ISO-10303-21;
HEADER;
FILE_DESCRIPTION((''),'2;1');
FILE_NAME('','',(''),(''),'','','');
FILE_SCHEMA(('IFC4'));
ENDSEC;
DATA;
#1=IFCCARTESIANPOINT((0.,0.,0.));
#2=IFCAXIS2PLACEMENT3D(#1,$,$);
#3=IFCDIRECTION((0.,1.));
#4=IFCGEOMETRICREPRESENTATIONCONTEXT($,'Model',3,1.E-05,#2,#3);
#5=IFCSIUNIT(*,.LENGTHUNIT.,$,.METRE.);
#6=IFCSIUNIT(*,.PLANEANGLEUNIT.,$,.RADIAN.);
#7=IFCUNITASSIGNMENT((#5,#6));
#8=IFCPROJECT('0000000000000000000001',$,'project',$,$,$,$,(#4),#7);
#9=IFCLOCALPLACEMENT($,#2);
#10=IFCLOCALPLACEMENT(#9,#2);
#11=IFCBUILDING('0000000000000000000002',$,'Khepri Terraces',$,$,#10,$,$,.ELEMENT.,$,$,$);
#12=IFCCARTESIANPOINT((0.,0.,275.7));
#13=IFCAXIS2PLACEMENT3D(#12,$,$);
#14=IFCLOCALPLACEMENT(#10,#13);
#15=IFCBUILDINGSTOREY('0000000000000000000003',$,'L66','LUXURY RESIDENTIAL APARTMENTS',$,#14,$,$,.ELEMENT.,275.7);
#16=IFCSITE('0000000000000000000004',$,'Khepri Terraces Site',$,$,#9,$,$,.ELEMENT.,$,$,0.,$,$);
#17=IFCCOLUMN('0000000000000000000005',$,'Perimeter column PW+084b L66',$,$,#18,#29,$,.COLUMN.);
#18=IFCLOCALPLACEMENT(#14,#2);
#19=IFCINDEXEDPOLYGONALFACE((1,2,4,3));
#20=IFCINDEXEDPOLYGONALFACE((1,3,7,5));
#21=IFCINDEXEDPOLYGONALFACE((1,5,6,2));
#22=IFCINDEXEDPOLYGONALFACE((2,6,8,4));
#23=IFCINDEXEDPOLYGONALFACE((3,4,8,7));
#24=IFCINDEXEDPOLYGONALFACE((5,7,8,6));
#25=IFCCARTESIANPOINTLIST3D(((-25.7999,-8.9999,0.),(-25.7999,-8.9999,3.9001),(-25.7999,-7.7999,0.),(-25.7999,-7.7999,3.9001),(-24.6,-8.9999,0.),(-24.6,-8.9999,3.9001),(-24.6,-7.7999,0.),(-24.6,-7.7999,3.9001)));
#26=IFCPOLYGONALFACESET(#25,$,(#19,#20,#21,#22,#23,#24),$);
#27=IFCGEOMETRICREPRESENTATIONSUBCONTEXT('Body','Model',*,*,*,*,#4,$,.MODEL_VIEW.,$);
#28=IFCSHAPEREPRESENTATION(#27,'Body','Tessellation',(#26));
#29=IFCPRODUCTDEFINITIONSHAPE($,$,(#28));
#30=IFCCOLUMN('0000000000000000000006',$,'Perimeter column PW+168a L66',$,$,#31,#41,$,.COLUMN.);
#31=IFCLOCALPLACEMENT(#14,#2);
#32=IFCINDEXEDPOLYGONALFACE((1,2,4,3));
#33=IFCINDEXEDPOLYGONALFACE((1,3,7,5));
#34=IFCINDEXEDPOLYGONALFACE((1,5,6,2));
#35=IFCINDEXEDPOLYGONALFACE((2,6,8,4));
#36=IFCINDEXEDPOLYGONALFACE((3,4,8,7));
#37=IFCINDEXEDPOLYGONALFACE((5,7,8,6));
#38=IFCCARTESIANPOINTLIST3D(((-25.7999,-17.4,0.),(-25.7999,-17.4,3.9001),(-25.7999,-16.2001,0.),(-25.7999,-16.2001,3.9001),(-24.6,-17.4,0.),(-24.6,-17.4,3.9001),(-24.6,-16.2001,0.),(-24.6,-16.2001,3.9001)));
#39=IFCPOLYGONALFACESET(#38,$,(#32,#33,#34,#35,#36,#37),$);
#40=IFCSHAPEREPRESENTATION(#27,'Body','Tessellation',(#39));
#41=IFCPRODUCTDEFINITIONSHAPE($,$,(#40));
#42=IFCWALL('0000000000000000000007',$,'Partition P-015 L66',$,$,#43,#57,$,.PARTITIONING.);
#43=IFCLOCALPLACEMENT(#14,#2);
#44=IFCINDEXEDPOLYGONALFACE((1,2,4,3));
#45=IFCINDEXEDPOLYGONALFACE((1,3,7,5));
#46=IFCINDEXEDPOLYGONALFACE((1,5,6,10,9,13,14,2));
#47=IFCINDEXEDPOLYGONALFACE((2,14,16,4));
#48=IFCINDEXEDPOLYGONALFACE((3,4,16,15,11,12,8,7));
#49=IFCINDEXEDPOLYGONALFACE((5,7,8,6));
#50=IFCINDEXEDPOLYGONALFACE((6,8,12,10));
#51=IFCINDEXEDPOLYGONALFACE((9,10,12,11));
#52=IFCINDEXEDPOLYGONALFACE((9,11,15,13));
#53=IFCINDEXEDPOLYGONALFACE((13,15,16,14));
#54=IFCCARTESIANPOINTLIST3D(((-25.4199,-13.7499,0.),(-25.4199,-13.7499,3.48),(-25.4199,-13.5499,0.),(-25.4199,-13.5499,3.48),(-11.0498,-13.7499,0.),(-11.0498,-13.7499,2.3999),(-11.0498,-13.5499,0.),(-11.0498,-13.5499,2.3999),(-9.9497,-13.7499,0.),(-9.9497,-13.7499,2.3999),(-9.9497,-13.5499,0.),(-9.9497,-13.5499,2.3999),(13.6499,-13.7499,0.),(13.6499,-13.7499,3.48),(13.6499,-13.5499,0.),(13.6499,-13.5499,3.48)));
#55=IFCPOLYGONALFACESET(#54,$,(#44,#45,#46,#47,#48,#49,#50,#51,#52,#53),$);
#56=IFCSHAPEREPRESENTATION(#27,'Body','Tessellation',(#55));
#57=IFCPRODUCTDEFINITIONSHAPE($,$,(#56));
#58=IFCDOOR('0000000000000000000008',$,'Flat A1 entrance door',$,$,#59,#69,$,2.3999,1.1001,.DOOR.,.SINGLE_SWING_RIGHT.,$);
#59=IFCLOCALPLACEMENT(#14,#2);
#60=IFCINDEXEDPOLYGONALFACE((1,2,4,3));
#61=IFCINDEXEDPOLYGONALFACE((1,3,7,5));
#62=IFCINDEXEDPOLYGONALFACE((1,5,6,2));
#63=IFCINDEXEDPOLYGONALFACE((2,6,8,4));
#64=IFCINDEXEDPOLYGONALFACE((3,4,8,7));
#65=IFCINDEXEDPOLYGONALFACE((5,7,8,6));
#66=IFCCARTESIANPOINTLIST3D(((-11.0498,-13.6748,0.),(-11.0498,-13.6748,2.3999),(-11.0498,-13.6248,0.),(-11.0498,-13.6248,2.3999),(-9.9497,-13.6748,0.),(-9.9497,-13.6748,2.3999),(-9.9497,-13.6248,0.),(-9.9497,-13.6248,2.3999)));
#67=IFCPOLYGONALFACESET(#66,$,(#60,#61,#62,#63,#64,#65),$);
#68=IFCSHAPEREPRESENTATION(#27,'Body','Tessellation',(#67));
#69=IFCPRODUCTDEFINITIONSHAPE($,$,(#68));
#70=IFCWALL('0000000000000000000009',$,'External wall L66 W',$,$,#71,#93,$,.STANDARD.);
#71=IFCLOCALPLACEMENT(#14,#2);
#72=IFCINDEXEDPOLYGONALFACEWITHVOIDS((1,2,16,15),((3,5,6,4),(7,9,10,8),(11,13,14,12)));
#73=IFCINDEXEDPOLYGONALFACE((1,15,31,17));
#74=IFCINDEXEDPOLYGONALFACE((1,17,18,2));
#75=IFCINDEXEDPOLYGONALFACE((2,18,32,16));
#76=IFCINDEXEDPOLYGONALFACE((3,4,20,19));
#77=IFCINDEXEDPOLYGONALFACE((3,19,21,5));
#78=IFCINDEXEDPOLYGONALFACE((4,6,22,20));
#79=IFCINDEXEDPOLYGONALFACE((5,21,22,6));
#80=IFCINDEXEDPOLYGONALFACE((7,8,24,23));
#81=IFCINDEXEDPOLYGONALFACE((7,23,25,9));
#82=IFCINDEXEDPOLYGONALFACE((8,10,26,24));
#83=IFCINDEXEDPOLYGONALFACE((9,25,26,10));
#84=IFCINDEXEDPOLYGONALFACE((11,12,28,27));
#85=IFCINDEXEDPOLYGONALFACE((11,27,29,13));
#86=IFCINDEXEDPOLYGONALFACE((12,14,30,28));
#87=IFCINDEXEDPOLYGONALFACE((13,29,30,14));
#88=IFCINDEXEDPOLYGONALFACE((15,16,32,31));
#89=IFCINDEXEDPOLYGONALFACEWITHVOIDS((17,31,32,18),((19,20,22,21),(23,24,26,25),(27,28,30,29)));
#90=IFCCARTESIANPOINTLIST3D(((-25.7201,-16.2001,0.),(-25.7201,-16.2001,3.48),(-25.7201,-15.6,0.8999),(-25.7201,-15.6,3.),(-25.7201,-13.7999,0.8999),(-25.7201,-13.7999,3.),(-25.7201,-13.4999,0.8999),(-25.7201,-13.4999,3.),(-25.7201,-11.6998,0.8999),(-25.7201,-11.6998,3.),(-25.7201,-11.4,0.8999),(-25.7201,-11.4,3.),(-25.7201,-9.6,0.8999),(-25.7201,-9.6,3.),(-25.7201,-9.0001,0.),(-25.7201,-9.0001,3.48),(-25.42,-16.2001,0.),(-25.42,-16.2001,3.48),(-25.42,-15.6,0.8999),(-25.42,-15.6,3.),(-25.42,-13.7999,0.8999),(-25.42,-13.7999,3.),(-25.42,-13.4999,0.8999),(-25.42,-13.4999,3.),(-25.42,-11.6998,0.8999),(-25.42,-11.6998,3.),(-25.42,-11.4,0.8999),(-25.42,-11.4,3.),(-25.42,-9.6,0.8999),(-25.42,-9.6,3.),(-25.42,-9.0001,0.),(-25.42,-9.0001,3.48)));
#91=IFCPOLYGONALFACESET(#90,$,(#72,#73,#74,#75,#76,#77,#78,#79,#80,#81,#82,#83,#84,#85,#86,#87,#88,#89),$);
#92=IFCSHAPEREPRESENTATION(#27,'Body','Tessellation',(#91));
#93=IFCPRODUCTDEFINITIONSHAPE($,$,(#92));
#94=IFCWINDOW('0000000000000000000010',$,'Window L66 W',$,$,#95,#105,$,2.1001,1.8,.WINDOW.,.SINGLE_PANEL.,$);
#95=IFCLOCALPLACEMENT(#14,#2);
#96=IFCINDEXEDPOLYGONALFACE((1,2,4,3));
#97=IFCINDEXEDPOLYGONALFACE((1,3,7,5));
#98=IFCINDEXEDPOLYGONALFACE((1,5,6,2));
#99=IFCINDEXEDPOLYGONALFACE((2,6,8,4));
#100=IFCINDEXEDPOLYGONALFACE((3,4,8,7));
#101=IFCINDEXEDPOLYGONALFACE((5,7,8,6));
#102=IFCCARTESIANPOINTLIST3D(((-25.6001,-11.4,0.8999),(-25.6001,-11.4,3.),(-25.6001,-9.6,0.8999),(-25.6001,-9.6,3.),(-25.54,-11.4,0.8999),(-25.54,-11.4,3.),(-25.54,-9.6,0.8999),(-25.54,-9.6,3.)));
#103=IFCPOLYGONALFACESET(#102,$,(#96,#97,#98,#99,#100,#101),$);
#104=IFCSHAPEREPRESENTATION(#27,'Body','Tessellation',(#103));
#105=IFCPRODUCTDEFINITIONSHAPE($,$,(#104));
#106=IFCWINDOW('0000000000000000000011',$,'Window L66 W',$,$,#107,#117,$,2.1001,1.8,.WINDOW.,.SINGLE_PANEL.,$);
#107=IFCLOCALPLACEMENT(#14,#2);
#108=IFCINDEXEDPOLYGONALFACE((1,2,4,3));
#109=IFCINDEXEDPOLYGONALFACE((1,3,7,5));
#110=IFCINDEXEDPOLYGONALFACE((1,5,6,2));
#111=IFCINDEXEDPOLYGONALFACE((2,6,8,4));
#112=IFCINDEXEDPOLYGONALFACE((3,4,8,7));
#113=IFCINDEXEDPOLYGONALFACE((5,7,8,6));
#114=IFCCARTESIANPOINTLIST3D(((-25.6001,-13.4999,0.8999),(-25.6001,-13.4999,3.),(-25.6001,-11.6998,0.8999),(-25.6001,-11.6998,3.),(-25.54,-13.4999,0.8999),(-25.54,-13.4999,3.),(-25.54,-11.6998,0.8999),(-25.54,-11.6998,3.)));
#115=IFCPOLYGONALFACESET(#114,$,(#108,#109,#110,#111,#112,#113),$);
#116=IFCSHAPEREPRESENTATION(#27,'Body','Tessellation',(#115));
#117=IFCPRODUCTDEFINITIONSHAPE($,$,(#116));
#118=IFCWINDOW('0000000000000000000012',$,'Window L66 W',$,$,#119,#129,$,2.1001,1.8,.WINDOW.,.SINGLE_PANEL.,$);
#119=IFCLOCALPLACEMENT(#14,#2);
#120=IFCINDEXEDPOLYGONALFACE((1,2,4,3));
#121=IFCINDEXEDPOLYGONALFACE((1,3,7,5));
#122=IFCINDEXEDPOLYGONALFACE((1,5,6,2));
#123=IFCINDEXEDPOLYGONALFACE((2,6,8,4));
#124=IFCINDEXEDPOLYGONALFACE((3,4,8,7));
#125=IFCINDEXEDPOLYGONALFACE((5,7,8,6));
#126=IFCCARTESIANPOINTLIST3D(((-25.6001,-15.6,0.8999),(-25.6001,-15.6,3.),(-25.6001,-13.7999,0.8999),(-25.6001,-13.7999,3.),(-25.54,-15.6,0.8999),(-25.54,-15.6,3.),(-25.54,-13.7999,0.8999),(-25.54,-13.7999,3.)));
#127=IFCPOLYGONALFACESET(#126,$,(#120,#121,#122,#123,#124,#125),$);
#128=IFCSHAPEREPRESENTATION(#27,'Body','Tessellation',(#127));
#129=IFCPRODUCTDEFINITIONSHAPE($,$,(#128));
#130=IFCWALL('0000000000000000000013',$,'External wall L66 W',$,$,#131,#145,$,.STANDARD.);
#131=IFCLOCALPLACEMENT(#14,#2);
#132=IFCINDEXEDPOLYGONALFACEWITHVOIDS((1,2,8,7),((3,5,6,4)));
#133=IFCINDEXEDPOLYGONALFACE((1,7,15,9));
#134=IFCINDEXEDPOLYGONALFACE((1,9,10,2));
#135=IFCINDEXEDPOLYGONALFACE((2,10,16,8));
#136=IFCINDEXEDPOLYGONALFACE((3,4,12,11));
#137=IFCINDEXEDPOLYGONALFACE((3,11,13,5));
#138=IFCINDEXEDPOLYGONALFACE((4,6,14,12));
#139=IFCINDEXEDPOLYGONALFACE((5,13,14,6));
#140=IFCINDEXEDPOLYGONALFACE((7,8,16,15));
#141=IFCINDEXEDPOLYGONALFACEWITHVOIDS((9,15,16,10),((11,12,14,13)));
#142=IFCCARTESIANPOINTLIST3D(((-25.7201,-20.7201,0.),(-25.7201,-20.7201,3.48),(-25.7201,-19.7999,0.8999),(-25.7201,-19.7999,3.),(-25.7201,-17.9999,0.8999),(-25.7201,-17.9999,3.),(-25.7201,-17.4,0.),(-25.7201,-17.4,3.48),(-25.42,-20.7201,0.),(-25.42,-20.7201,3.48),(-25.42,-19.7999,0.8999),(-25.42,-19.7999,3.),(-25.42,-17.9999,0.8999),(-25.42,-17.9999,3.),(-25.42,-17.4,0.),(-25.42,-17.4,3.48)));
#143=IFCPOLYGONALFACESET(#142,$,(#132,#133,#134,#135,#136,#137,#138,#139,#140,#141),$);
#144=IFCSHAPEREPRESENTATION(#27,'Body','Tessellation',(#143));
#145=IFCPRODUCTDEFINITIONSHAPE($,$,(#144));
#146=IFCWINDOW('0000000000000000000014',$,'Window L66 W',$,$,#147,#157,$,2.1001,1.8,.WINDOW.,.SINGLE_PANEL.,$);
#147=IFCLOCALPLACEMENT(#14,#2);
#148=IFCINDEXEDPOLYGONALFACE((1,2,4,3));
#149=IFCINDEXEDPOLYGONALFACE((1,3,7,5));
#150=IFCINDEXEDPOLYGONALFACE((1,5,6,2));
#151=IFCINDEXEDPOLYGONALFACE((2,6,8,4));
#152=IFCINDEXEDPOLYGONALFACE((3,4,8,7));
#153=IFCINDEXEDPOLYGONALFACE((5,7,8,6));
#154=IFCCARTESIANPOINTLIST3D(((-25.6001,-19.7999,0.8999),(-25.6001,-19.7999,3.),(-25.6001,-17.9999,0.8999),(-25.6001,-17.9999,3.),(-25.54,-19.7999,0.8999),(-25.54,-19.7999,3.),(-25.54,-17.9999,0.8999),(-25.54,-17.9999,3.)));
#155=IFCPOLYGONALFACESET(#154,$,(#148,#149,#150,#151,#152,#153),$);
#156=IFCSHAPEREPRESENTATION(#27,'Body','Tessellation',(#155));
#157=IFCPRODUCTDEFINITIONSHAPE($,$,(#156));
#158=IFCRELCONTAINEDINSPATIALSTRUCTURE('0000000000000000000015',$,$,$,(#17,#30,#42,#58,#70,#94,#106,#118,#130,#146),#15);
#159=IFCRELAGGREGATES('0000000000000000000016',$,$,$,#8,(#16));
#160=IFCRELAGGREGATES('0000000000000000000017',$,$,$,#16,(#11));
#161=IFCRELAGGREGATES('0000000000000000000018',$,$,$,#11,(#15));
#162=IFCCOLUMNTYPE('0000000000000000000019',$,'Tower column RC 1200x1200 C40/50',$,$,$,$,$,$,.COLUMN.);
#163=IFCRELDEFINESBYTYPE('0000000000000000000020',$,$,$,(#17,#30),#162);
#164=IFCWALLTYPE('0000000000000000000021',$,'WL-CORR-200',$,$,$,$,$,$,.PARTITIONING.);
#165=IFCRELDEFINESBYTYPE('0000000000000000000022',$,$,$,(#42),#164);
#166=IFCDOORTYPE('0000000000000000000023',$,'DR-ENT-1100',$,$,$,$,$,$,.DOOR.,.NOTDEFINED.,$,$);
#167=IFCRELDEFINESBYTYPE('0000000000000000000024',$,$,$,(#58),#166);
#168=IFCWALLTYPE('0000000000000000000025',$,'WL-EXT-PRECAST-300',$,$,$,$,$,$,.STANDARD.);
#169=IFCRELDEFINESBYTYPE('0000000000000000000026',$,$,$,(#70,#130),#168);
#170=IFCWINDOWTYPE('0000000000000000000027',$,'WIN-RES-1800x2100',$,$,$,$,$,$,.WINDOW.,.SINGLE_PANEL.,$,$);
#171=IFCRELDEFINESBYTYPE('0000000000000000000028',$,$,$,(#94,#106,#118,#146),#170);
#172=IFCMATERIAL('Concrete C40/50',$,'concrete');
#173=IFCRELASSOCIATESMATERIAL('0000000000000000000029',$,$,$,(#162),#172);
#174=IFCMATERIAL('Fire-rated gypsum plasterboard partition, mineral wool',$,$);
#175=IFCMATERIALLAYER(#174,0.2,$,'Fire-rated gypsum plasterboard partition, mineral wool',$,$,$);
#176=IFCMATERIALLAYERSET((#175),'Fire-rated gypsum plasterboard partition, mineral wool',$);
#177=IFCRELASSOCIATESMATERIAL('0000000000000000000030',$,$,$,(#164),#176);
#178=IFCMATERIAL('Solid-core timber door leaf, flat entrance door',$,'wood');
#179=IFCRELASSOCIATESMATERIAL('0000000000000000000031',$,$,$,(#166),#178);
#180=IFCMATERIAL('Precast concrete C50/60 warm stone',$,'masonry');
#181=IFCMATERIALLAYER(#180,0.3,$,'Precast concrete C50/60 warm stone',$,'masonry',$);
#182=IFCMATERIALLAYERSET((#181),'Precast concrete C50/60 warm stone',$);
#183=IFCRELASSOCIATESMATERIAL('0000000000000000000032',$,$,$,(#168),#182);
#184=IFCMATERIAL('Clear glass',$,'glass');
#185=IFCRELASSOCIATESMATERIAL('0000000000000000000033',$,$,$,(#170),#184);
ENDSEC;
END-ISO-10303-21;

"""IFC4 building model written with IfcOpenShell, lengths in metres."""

from ifc_helpers import new_model, si_unit, direction, frame, frame_2d, origin, origin_2d, place, context, subcontext, project, spatial, rectangle, extrude, material, layer, layer_set, material_profile, profile_set, type_object, element, fill, save


model = new_model("IFC4")

# Units and contexts
model_context = context("Model", 3, precision=1e-05, world=origin(), true_north=direction((0.0, 1.0)))
body_context = subcontext(model_context, "Body", "Model", "MODEL_VIEW")
ifc_project = project(units=[si_unit("LENGTHUNIT", "METRE"), si_unit("PLANEANGLEUNIT", "RADIAN")], contexts=[model_context])

# Site, building, storey
site_placement = place(None, origin())
site = spatial("IfcSite", under=ifc_project, at=site_placement, Name="Khepri Terraces Site", CompositionType="ELEMENT", RefElevation=0.0)
building_placement = place(site_placement, origin())
building = spatial("IfcBuilding", under=site, at=building_placement, Name="Khepri Terraces", CompositionType="ELEMENT")
storey_placement = place(building_placement, frame((0.0, 0.0, 275.7)))
storey = spatial("IfcBuildingStorey", under=building, at=storey_placement, Name="L66", Description="LUXURY RESIDENTIAL APARTMENTS", CompositionType="ELEMENT", Elevation=275.7)

# Columns
ifc_material_1 = material(Name="Concrete C40/50", Category="concrete")
ifc_material_profile = material_profile(ifc_material_1, rectangle(XDim=1.2, YDim=1.2, at=origin_2d()), Name="Concrete C40/50", Category="concrete")
ifc_profile_set = profile_set([ifc_material_profile], Name="Concrete C40/50")
column_type = type_object("IfcColumnType", Name="Tower column RC 1200x1200 C40/50", PredefinedType="COLUMN", material=ifc_profile_set)
for number, where, z_axis, x_axis, name in (
    (1, (-25.2, -8.3999, 0.0), (0.0, 0.0, 1.0), (1.0, 0.0, 0.0), "Perimeter column PW+084b L66"),
    (2, (-25.2, -16.8, 0.0), (0.0, 0.0, 1.0), (1.0, 0.0, 0.0), "Perimeter column PW+168a L66"),
):
    element("IfcColumn", number, at=place(storey_placement, frame(where, z_axis=z_axis, x_axis=x_axis)), inside=storey, type_object=column_type, Name=name, PredefinedType="COLUMN", context=body_context, shape_type="SweptSolid", body=[
        extrude(rectangle(XDim=1.2, YDim=1.2, at=origin_2d()), origin(), (0.0, 0.0, 1.0), 3.9001),
    ])

# Wall, opening, door
ifc_material_2 = material(Name="Fire-rated gypsum plasterboard partition, mineral wool")
ifc_layer_1 = layer(ifc_material_2, 0.2, Name="Fire-rated gypsum plasterboard partition, mineral wool")
ifc_layer_set_1 = layer_set([ifc_layer_1], Name="Fire-rated gypsum plasterboard partition, mineral wool")
wall_type_1 = type_object("IfcWallType", Name="WL-CORR-200", PredefinedType="PARTITIONING", material=ifc_layer_set_1)
wall_1_placement = place(storey_placement, frame((-25.4199, -13.6499, 0.0), z_axis=(0.0, 0.0, 1.0), x_axis=(1.0, 0.0, 0.0)))
wall_1 = element("IfcWall", 3, at=wall_1_placement, inside=storey, type_object=wall_type_1, Name="Partition P-015 L66", PredefinedType="PARTITIONING", context=body_context, shape_type="SweptSolid", body=[
    extrude(rectangle(XDim=39.0698, YDim=0.2, at=frame_2d((19.5349, 0.0))), origin(), (0.0, 0.0, 1.0), 3.48),
])
opening_1_placement = place(wall_1_placement, frame((14.3701, 0.0, 0.0)))
opening_1 = element("IfcOpeningElement", 4, at=opening_1_placement, cuts=wall_1, PredefinedType="OPENING", context=body_context, shape_type="SweptSolid", body=[
    extrude(rectangle(XDim=1.1001, YDim=2.3999, at=frame_2d((0.55, 1.2))), frame((0.0, 0.1099, 0.0), z_axis=(0.0, -1.0, 0.0), x_axis=(1.0, 0.0, 0.0)), (0.0, 0.0, 1.0), 0.22),
])
ifc_material_3 = material(Name="Solid-core timber door leaf, flat entrance door", Category="wood")
door_type_1 = type_object("IfcDoorType", Name="DR-ENT-1100", OperationType="NOTDEFINED", PredefinedType="DOOR", material=ifc_material_3)
door_1_placement = place(opening_1_placement, frame((1.1001, 0.0, 0.0), z_axis=(0.0, 0.0, 1.0), x_axis=(-1.0, 0.0, 0.0)))
door_1 = element("IfcDoor", 5, at=door_1_placement, inside=storey, type_object=door_type_1, Name="Flat A1 entrance door", OperationType="SINGLE_SWING_RIGHT", OverallHeight=2.3999, OverallWidth=1.1001, PredefinedType="DOOR", context=body_context, shape_type="SweptSolid", body=[
    extrude(rectangle(XDim=1.1001, YDim=2.3999, at=frame_2d((0.55, 1.2))), frame((0.0, 0.0249, 0.0), z_axis=(0.0, -1.0, 0.0), x_axis=(1.0, 0.0, 0.0)), (0.0, 0.0, 1.0), 0.05),
])
fill(opening_1, door_1)

# Wall, openings, windows
ifc_material_4 = material(Name="Precast concrete C50/60 warm stone", Category="masonry")
ifc_layer_2 = layer(ifc_material_4, 0.3, Name="Precast concrete C50/60 warm stone", Category="masonry")
ifc_layer_set_2 = layer_set([ifc_layer_2], Name="Precast concrete C50/60 warm stone")
wall_type_2 = type_object("IfcWallType", Name="WL-EXT-PRECAST-300", PredefinedType="STANDARD", material=ifc_layer_set_2)
wall_2_placement = place(storey_placement, frame((-25.5701, -9.0, 0.0), z_axis=(0.0, 0.0, 1.0), x_axis=(0.0, -1.0, 0.0)))
wall_2 = element("IfcWall", 6, at=wall_2_placement, inside=storey, type_object=wall_type_2, Name="External wall L66 W", PredefinedType="STANDARD", context=body_context, shape_type="SweptSolid", body=[
    extrude(rectangle(XDim=7.2, YDim=0.3, at=frame_2d((3.6001, 0.0))), origin(), (0.0, 0.0, 1.0), 3.48),
])
opening_2_placement = place(wall_2_placement, frame((0.6001, 0.0, 0.8999)))
opening_2 = element("IfcOpeningElement", 7, at=opening_2_placement, cuts=wall_2, PredefinedType="OPENING", context=body_context, shape_type="SweptSolid", body=[
    extrude(rectangle(XDim=1.8, YDim=2.1001, at=frame_2d((0.8999, 1.05))), frame((0.0, 0.1602, 0.0), z_axis=(0.0, -1.0, 0.0), x_axis=(1.0, 0.0, 0.0)), (0.0, 0.0, 1.0), 0.3201),
])
opening_3_placement = place(wall_2_placement, frame((2.7, 0.0, 0.8999)))
opening_3 = element("IfcOpeningElement", 8, at=opening_3_placement, cuts=wall_2, PredefinedType="OPENING", context=body_context, shape_type="SweptSolid", body=[
    extrude(rectangle(XDim=1.8, YDim=2.1001, at=frame_2d((0.8999, 1.05))), frame((0.0, 0.1602, 0.0), z_axis=(0.0, -1.0, 0.0), x_axis=(1.0, 0.0, 0.0)), (0.0, 0.0, 1.0), 0.3201),
])
opening_4_placement = place(wall_2_placement, frame((4.8, 0.0, 0.8999)))
opening_4 = element("IfcOpeningElement", 9, at=opening_4_placement, cuts=wall_2, PredefinedType="OPENING", context=body_context, shape_type="SweptSolid", body=[
    extrude(rectangle(XDim=1.8, YDim=2.1001, at=frame_2d((0.8999, 1.05))), frame((0.0, 0.1602, 0.0), z_axis=(0.0, -1.0, 0.0), x_axis=(1.0, 0.0, 0.0)), (0.0, 0.0, 1.0), 0.3201),
])
ifc_material_5 = material(Name="Clear glass", Category="glass")
window_type = type_object("IfcWindowType", Name="WIN-RES-1800x2100", PartitioningType="SINGLE_PANEL", PredefinedType="WINDOW", material=ifc_material_5)
window_1_placement = place(opening_2_placement, origin())
window_1 = element("IfcWindow", 10, at=window_1_placement, inside=storey, type_object=window_type, Name="Window L66 W", OverallHeight=2.1001, OverallWidth=1.8, PartitioningType="SINGLE_PANEL", PredefinedType="WINDOW", context=body_context, shape_type="SweptSolid", body=[
    extrude(rectangle(XDim=1.8, YDim=2.1001, at=frame_2d((0.8999, 1.05))), frame((0.0, 0.03, 0.0), z_axis=(0.0, -1.0, 0.0), x_axis=(1.0, 0.0, 0.0)), (0.0, 0.0, 1.0), 0.0601),
])
fill(opening_2, window_1)
window_2_placement = place(opening_3_placement, origin())
window_2 = element("IfcWindow", 11, at=window_2_placement, inside=storey, type_object=window_type, Name="Window L66 W", OverallHeight=2.1001, OverallWidth=1.8, PartitioningType="SINGLE_PANEL", PredefinedType="WINDOW", context=body_context, shape_type="SweptSolid", body=[
    extrude(rectangle(XDim=1.8, YDim=2.1001, at=frame_2d((0.8999, 1.05))), frame((0.0, 0.03, 0.0), z_axis=(0.0, -1.0, 0.0), x_axis=(1.0, 0.0, 0.0)), (0.0, 0.0, 1.0), 0.0601),
])
fill(opening_3, window_2)
window_3_placement = place(opening_4_placement, origin())
window_3 = element("IfcWindow", 12, at=window_3_placement, inside=storey, type_object=window_type, Name="Window L66 W", OverallHeight=2.1001, OverallWidth=1.8, PartitioningType="SINGLE_PANEL", PredefinedType="WINDOW", context=body_context, shape_type="SweptSolid", body=[
    extrude(rectangle(XDim=1.8, YDim=2.1001, at=frame_2d((0.8999, 1.05))), frame((0.0, 0.03, 0.0), z_axis=(0.0, -1.0, 0.0), x_axis=(1.0, 0.0, 0.0)), (0.0, 0.0, 1.0), 0.0601),
])
fill(opening_4, window_3)

# Wall, opening, window
wall_3_placement = place(storey_placement, frame((-25.5701, -17.3999, 0.0), z_axis=(0.0, 0.0, 1.0), x_axis=(0.0, -1.0, 0.0)))
wall_3 = element("IfcWall", 13, at=wall_3_placement, inside=storey, type_object=wall_type_2, Name="External wall L66 W", PredefinedType="STANDARD", context=body_context, shape_type="SweptSolid", body=[
    extrude(rectangle(XDim=3.3201, YDim=0.3, at=frame_2d((1.6602, 0.0))), origin(), (0.0, 0.0, 1.0), 3.48),
])
opening_5_placement = place(wall_3_placement, frame((0.6001, 0.0, 0.8999)))
opening_5 = element("IfcOpeningElement", 14, at=opening_5_placement, cuts=wall_3, PredefinedType="OPENING", context=body_context, shape_type="SweptSolid", body=[
    extrude(rectangle(XDim=1.8, YDim=2.1001, at=frame_2d((0.8999, 1.05))), frame((0.0, 0.1602, 0.0), z_axis=(0.0, -1.0, 0.0), x_axis=(1.0, 0.0, 0.0)), (0.0, 0.0, 1.0), 0.3201),
])
window_4_placement = place(opening_5_placement, origin())
window_4 = element("IfcWindow", 15, at=window_4_placement, inside=storey, type_object=window_type, Name="Window L66 W", OverallHeight=2.1001, OverallWidth=1.8, PartitioningType="SINGLE_PANEL", PredefinedType="WINDOW", context=body_context, shape_type="SweptSolid", body=[
    extrude(rectangle(XDim=1.8, YDim=2.1001, at=frame_2d((0.8999, 1.05))), frame((0.0, 0.03, 0.0), z_axis=(0.0, -1.0, 0.0), x_axis=(1.0, 0.0, 0.0)), (0.0, 0.0, 1.0), 0.0601),
])
fill(opening_5, window_4)

save(model, "model.ifc")
